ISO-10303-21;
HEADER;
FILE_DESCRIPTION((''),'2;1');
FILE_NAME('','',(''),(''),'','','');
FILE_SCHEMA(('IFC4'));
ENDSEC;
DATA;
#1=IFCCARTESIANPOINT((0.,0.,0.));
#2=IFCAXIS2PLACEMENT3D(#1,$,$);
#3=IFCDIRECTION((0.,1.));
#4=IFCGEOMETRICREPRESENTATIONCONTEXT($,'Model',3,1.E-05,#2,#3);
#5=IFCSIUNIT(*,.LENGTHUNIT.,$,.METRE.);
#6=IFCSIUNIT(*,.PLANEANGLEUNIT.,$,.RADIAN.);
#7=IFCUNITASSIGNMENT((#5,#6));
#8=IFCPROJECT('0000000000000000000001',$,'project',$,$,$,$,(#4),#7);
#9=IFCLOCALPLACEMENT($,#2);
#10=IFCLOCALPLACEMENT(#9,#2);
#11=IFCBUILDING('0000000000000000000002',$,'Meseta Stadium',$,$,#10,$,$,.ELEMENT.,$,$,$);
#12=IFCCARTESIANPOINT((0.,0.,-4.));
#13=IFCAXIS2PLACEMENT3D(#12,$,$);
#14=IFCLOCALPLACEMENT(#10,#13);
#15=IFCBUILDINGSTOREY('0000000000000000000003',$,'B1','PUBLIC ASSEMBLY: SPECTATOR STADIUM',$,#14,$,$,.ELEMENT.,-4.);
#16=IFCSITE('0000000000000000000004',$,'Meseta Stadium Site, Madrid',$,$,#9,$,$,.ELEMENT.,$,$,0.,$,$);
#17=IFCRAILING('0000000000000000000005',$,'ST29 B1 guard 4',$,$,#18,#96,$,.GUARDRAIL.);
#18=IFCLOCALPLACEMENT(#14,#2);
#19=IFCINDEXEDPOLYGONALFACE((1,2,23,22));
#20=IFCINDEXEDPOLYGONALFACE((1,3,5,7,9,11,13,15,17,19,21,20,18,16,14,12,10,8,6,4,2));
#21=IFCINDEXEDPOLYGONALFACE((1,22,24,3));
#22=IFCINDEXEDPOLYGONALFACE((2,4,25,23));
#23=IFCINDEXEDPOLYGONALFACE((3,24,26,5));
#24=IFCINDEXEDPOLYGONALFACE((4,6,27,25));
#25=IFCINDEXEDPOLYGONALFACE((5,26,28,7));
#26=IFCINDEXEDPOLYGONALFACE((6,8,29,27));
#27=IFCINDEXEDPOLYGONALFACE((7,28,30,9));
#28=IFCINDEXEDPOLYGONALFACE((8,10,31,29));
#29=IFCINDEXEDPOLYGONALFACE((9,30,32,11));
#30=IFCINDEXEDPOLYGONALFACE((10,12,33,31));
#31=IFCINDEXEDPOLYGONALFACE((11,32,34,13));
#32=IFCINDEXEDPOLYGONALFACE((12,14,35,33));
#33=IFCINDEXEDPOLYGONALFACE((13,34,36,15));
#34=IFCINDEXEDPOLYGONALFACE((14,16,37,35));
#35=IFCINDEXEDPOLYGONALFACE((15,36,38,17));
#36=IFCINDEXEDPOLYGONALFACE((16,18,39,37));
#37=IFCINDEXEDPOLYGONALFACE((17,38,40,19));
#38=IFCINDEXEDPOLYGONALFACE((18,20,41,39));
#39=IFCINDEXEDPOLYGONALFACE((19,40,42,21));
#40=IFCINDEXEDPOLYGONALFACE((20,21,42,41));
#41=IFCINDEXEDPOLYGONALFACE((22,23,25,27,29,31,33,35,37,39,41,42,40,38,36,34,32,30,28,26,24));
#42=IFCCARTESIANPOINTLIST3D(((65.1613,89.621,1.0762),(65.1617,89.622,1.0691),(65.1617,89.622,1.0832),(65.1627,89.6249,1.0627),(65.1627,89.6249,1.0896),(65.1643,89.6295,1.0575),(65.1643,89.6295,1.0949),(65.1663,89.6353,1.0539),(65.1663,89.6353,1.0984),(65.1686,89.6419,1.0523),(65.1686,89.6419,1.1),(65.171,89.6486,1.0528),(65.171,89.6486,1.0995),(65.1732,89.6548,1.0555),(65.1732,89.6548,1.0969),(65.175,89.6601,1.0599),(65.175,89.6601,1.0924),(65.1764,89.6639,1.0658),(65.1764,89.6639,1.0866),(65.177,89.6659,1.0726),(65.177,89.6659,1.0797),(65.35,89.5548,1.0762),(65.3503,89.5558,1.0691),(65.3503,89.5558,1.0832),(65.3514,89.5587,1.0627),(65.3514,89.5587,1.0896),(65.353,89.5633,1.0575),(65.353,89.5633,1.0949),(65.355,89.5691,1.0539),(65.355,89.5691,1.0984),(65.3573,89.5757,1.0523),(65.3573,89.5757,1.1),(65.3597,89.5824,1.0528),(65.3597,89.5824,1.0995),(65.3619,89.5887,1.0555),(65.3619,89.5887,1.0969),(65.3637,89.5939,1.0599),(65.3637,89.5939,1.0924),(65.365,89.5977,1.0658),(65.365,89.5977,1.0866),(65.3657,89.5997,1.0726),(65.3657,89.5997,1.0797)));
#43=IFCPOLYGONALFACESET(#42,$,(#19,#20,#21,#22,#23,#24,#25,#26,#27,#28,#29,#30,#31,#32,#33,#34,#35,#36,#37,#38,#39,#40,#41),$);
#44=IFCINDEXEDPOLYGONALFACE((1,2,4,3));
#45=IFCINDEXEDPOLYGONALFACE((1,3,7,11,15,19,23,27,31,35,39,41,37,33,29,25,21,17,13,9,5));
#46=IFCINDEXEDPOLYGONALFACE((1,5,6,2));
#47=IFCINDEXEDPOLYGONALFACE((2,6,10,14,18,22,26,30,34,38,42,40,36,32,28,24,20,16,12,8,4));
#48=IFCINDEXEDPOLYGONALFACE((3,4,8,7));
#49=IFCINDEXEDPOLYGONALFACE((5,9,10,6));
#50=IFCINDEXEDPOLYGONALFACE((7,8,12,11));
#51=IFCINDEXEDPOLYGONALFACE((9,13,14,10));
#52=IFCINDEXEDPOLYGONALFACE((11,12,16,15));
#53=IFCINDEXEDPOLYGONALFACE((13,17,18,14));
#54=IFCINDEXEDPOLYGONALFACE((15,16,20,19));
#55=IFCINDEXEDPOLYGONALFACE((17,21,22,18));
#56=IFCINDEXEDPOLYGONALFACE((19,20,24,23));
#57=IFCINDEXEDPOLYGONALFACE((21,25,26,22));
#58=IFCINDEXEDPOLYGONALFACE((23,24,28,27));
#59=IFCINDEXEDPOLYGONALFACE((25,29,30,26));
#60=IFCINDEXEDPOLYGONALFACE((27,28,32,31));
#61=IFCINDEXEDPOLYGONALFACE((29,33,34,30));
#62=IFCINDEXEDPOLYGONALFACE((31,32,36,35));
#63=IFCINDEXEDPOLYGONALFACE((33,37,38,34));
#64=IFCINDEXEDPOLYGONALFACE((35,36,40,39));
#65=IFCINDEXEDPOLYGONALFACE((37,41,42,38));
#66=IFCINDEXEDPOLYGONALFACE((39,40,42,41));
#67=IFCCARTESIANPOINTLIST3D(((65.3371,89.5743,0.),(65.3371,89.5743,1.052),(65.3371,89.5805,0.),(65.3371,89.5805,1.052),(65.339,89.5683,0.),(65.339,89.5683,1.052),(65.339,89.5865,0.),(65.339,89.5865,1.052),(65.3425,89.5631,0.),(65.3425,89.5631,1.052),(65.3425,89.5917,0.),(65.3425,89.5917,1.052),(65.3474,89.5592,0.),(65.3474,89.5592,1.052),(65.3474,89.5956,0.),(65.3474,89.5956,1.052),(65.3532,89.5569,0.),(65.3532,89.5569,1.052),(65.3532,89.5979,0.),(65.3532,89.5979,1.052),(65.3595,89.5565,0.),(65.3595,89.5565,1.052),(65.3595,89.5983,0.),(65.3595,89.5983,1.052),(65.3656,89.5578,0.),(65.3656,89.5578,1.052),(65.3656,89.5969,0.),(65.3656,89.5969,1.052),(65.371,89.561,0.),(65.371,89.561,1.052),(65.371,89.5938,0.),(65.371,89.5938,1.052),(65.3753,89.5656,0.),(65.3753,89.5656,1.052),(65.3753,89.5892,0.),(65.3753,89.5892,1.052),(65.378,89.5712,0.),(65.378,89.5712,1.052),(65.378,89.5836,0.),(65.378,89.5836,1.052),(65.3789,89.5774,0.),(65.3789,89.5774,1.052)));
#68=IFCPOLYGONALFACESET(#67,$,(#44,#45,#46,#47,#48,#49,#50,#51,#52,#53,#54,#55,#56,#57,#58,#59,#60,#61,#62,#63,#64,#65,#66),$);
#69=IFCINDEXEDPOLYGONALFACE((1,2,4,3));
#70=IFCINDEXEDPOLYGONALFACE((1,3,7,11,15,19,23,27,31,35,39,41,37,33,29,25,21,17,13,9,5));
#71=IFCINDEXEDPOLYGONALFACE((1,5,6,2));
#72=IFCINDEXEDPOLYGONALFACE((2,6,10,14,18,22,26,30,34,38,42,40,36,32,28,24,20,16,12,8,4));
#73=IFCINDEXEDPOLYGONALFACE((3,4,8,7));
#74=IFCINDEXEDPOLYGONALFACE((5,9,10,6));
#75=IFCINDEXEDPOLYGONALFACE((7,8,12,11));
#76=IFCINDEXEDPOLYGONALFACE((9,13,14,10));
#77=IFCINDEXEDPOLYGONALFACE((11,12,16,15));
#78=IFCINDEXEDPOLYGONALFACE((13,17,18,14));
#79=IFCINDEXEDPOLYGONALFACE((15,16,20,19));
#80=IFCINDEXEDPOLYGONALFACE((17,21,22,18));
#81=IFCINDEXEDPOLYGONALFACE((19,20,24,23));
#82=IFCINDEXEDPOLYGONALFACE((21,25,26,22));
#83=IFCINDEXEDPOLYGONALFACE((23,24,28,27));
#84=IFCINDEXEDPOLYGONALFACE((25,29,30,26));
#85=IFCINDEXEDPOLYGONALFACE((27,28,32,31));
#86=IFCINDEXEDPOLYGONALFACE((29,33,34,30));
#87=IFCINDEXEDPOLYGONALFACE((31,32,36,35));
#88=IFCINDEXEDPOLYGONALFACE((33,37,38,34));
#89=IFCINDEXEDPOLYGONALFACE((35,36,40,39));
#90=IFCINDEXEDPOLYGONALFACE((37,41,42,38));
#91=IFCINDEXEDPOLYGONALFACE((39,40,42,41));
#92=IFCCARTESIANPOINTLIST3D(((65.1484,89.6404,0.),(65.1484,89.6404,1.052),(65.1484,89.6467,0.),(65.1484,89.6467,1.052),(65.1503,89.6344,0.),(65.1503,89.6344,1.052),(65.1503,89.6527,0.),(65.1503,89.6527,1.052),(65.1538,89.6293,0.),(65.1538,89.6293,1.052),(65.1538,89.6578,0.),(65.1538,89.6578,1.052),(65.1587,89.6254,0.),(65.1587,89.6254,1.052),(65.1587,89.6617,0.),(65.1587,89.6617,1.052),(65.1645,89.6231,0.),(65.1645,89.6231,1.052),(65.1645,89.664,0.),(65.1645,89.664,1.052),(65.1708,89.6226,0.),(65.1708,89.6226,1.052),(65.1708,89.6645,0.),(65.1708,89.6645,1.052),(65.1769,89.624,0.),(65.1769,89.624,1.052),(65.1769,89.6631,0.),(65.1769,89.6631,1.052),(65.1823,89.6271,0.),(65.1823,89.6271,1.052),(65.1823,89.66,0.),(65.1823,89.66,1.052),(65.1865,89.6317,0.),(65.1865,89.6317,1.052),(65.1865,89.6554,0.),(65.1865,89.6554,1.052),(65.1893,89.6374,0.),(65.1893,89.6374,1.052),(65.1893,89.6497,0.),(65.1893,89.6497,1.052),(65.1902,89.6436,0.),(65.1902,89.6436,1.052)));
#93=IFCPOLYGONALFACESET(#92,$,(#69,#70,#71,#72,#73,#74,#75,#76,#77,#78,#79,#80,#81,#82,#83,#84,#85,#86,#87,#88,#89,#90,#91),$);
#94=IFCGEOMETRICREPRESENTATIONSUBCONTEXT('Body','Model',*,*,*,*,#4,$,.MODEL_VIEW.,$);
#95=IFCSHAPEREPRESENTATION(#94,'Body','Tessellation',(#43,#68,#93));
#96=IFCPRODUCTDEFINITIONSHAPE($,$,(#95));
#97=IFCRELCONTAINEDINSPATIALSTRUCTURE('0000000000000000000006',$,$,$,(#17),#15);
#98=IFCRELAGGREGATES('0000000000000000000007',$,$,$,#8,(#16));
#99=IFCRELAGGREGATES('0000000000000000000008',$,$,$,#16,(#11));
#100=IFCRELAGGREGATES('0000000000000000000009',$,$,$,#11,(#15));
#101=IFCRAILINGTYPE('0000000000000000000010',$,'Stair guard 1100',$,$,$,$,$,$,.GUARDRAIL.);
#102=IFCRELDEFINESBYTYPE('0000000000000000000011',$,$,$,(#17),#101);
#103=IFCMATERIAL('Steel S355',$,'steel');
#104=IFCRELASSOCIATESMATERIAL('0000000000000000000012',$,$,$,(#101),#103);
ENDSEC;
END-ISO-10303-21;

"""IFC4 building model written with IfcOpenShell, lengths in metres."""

from ifc_helpers import new_model, si_unit, direction, frame, origin, origin_2d, place, context, subcontext, project, spatial, circle, extrude, material, type_object, element, save


model = new_model("IFC4")

# Units and contexts
model_context = context("Model", 3, precision=1e-05, world=origin(), true_north=direction((0.0, 1.0)))
body_context = subcontext(model_context, "Body", "Model", "MODEL_VIEW")
ifc_project = project(units=[si_unit("LENGTHUNIT", "METRE"), si_unit("PLANEANGLEUNIT", "RADIAN")], contexts=[model_context])

# Site, building, storey
site_placement = place(None, origin())
site = spatial("IfcSite", under=ifc_project, at=site_placement, Name="Meseta Stadium Site, Madrid", CompositionType="ELEMENT", RefElevation=0.0)
building_placement = place(site_placement, origin())
building = spatial("IfcBuilding", under=site, at=building_placement, Name="Meseta Stadium", CompositionType="ELEMENT")
storey_placement = place(building_placement, frame((0.0, 0.0, -4.0)))
storey = spatial("IfcBuildingStorey", under=building, at=storey_placement, Name="B1", Description="PUBLIC ASSEMBLY: SPECTATOR STADIUM", CompositionType="ELEMENT", Elevation=-4.0)

# Railing
ifc_material_1 = material(Name="Steel S355", Category="steel")
railing_type_1 = type_object("IfcRailingType", Name="Stair guard 1100", PredefinedType="GUARDRAIL", material=ifc_material_1)
railing_1_placement = place(storey_placement, frame((65.3579, 89.5774, 0.0)))
element("IfcRailing", 1, at=railing_1_placement, inside=storey, type_object=railing_type_1, Name="ST29 B1 guard 4", PredefinedType="GUARDRAIL", context=body_context, shape_type="SweptSolid", body=[
    extrude(circle(Radius=0.0239, at=origin_2d()), frame((0.0, 0.0, 1.0762), z_axis=(-0.943687, 0.33084, 0.0), x_axis=(-0.33084, -0.943687, 0.0)), (0.0, 0.0, 1.0), 0.2),
    extrude(circle(Radius=0.021, at=origin_2d()), origin(), (0.0, 0.0, 1.0), 1.052),
    extrude(circle(Radius=0.021, at=origin_2d()), frame((-0.1887, 0.0662, 0.0)), (0.0, 0.0, 1.0), 1.052),
])

save(model, "model.ifc")
